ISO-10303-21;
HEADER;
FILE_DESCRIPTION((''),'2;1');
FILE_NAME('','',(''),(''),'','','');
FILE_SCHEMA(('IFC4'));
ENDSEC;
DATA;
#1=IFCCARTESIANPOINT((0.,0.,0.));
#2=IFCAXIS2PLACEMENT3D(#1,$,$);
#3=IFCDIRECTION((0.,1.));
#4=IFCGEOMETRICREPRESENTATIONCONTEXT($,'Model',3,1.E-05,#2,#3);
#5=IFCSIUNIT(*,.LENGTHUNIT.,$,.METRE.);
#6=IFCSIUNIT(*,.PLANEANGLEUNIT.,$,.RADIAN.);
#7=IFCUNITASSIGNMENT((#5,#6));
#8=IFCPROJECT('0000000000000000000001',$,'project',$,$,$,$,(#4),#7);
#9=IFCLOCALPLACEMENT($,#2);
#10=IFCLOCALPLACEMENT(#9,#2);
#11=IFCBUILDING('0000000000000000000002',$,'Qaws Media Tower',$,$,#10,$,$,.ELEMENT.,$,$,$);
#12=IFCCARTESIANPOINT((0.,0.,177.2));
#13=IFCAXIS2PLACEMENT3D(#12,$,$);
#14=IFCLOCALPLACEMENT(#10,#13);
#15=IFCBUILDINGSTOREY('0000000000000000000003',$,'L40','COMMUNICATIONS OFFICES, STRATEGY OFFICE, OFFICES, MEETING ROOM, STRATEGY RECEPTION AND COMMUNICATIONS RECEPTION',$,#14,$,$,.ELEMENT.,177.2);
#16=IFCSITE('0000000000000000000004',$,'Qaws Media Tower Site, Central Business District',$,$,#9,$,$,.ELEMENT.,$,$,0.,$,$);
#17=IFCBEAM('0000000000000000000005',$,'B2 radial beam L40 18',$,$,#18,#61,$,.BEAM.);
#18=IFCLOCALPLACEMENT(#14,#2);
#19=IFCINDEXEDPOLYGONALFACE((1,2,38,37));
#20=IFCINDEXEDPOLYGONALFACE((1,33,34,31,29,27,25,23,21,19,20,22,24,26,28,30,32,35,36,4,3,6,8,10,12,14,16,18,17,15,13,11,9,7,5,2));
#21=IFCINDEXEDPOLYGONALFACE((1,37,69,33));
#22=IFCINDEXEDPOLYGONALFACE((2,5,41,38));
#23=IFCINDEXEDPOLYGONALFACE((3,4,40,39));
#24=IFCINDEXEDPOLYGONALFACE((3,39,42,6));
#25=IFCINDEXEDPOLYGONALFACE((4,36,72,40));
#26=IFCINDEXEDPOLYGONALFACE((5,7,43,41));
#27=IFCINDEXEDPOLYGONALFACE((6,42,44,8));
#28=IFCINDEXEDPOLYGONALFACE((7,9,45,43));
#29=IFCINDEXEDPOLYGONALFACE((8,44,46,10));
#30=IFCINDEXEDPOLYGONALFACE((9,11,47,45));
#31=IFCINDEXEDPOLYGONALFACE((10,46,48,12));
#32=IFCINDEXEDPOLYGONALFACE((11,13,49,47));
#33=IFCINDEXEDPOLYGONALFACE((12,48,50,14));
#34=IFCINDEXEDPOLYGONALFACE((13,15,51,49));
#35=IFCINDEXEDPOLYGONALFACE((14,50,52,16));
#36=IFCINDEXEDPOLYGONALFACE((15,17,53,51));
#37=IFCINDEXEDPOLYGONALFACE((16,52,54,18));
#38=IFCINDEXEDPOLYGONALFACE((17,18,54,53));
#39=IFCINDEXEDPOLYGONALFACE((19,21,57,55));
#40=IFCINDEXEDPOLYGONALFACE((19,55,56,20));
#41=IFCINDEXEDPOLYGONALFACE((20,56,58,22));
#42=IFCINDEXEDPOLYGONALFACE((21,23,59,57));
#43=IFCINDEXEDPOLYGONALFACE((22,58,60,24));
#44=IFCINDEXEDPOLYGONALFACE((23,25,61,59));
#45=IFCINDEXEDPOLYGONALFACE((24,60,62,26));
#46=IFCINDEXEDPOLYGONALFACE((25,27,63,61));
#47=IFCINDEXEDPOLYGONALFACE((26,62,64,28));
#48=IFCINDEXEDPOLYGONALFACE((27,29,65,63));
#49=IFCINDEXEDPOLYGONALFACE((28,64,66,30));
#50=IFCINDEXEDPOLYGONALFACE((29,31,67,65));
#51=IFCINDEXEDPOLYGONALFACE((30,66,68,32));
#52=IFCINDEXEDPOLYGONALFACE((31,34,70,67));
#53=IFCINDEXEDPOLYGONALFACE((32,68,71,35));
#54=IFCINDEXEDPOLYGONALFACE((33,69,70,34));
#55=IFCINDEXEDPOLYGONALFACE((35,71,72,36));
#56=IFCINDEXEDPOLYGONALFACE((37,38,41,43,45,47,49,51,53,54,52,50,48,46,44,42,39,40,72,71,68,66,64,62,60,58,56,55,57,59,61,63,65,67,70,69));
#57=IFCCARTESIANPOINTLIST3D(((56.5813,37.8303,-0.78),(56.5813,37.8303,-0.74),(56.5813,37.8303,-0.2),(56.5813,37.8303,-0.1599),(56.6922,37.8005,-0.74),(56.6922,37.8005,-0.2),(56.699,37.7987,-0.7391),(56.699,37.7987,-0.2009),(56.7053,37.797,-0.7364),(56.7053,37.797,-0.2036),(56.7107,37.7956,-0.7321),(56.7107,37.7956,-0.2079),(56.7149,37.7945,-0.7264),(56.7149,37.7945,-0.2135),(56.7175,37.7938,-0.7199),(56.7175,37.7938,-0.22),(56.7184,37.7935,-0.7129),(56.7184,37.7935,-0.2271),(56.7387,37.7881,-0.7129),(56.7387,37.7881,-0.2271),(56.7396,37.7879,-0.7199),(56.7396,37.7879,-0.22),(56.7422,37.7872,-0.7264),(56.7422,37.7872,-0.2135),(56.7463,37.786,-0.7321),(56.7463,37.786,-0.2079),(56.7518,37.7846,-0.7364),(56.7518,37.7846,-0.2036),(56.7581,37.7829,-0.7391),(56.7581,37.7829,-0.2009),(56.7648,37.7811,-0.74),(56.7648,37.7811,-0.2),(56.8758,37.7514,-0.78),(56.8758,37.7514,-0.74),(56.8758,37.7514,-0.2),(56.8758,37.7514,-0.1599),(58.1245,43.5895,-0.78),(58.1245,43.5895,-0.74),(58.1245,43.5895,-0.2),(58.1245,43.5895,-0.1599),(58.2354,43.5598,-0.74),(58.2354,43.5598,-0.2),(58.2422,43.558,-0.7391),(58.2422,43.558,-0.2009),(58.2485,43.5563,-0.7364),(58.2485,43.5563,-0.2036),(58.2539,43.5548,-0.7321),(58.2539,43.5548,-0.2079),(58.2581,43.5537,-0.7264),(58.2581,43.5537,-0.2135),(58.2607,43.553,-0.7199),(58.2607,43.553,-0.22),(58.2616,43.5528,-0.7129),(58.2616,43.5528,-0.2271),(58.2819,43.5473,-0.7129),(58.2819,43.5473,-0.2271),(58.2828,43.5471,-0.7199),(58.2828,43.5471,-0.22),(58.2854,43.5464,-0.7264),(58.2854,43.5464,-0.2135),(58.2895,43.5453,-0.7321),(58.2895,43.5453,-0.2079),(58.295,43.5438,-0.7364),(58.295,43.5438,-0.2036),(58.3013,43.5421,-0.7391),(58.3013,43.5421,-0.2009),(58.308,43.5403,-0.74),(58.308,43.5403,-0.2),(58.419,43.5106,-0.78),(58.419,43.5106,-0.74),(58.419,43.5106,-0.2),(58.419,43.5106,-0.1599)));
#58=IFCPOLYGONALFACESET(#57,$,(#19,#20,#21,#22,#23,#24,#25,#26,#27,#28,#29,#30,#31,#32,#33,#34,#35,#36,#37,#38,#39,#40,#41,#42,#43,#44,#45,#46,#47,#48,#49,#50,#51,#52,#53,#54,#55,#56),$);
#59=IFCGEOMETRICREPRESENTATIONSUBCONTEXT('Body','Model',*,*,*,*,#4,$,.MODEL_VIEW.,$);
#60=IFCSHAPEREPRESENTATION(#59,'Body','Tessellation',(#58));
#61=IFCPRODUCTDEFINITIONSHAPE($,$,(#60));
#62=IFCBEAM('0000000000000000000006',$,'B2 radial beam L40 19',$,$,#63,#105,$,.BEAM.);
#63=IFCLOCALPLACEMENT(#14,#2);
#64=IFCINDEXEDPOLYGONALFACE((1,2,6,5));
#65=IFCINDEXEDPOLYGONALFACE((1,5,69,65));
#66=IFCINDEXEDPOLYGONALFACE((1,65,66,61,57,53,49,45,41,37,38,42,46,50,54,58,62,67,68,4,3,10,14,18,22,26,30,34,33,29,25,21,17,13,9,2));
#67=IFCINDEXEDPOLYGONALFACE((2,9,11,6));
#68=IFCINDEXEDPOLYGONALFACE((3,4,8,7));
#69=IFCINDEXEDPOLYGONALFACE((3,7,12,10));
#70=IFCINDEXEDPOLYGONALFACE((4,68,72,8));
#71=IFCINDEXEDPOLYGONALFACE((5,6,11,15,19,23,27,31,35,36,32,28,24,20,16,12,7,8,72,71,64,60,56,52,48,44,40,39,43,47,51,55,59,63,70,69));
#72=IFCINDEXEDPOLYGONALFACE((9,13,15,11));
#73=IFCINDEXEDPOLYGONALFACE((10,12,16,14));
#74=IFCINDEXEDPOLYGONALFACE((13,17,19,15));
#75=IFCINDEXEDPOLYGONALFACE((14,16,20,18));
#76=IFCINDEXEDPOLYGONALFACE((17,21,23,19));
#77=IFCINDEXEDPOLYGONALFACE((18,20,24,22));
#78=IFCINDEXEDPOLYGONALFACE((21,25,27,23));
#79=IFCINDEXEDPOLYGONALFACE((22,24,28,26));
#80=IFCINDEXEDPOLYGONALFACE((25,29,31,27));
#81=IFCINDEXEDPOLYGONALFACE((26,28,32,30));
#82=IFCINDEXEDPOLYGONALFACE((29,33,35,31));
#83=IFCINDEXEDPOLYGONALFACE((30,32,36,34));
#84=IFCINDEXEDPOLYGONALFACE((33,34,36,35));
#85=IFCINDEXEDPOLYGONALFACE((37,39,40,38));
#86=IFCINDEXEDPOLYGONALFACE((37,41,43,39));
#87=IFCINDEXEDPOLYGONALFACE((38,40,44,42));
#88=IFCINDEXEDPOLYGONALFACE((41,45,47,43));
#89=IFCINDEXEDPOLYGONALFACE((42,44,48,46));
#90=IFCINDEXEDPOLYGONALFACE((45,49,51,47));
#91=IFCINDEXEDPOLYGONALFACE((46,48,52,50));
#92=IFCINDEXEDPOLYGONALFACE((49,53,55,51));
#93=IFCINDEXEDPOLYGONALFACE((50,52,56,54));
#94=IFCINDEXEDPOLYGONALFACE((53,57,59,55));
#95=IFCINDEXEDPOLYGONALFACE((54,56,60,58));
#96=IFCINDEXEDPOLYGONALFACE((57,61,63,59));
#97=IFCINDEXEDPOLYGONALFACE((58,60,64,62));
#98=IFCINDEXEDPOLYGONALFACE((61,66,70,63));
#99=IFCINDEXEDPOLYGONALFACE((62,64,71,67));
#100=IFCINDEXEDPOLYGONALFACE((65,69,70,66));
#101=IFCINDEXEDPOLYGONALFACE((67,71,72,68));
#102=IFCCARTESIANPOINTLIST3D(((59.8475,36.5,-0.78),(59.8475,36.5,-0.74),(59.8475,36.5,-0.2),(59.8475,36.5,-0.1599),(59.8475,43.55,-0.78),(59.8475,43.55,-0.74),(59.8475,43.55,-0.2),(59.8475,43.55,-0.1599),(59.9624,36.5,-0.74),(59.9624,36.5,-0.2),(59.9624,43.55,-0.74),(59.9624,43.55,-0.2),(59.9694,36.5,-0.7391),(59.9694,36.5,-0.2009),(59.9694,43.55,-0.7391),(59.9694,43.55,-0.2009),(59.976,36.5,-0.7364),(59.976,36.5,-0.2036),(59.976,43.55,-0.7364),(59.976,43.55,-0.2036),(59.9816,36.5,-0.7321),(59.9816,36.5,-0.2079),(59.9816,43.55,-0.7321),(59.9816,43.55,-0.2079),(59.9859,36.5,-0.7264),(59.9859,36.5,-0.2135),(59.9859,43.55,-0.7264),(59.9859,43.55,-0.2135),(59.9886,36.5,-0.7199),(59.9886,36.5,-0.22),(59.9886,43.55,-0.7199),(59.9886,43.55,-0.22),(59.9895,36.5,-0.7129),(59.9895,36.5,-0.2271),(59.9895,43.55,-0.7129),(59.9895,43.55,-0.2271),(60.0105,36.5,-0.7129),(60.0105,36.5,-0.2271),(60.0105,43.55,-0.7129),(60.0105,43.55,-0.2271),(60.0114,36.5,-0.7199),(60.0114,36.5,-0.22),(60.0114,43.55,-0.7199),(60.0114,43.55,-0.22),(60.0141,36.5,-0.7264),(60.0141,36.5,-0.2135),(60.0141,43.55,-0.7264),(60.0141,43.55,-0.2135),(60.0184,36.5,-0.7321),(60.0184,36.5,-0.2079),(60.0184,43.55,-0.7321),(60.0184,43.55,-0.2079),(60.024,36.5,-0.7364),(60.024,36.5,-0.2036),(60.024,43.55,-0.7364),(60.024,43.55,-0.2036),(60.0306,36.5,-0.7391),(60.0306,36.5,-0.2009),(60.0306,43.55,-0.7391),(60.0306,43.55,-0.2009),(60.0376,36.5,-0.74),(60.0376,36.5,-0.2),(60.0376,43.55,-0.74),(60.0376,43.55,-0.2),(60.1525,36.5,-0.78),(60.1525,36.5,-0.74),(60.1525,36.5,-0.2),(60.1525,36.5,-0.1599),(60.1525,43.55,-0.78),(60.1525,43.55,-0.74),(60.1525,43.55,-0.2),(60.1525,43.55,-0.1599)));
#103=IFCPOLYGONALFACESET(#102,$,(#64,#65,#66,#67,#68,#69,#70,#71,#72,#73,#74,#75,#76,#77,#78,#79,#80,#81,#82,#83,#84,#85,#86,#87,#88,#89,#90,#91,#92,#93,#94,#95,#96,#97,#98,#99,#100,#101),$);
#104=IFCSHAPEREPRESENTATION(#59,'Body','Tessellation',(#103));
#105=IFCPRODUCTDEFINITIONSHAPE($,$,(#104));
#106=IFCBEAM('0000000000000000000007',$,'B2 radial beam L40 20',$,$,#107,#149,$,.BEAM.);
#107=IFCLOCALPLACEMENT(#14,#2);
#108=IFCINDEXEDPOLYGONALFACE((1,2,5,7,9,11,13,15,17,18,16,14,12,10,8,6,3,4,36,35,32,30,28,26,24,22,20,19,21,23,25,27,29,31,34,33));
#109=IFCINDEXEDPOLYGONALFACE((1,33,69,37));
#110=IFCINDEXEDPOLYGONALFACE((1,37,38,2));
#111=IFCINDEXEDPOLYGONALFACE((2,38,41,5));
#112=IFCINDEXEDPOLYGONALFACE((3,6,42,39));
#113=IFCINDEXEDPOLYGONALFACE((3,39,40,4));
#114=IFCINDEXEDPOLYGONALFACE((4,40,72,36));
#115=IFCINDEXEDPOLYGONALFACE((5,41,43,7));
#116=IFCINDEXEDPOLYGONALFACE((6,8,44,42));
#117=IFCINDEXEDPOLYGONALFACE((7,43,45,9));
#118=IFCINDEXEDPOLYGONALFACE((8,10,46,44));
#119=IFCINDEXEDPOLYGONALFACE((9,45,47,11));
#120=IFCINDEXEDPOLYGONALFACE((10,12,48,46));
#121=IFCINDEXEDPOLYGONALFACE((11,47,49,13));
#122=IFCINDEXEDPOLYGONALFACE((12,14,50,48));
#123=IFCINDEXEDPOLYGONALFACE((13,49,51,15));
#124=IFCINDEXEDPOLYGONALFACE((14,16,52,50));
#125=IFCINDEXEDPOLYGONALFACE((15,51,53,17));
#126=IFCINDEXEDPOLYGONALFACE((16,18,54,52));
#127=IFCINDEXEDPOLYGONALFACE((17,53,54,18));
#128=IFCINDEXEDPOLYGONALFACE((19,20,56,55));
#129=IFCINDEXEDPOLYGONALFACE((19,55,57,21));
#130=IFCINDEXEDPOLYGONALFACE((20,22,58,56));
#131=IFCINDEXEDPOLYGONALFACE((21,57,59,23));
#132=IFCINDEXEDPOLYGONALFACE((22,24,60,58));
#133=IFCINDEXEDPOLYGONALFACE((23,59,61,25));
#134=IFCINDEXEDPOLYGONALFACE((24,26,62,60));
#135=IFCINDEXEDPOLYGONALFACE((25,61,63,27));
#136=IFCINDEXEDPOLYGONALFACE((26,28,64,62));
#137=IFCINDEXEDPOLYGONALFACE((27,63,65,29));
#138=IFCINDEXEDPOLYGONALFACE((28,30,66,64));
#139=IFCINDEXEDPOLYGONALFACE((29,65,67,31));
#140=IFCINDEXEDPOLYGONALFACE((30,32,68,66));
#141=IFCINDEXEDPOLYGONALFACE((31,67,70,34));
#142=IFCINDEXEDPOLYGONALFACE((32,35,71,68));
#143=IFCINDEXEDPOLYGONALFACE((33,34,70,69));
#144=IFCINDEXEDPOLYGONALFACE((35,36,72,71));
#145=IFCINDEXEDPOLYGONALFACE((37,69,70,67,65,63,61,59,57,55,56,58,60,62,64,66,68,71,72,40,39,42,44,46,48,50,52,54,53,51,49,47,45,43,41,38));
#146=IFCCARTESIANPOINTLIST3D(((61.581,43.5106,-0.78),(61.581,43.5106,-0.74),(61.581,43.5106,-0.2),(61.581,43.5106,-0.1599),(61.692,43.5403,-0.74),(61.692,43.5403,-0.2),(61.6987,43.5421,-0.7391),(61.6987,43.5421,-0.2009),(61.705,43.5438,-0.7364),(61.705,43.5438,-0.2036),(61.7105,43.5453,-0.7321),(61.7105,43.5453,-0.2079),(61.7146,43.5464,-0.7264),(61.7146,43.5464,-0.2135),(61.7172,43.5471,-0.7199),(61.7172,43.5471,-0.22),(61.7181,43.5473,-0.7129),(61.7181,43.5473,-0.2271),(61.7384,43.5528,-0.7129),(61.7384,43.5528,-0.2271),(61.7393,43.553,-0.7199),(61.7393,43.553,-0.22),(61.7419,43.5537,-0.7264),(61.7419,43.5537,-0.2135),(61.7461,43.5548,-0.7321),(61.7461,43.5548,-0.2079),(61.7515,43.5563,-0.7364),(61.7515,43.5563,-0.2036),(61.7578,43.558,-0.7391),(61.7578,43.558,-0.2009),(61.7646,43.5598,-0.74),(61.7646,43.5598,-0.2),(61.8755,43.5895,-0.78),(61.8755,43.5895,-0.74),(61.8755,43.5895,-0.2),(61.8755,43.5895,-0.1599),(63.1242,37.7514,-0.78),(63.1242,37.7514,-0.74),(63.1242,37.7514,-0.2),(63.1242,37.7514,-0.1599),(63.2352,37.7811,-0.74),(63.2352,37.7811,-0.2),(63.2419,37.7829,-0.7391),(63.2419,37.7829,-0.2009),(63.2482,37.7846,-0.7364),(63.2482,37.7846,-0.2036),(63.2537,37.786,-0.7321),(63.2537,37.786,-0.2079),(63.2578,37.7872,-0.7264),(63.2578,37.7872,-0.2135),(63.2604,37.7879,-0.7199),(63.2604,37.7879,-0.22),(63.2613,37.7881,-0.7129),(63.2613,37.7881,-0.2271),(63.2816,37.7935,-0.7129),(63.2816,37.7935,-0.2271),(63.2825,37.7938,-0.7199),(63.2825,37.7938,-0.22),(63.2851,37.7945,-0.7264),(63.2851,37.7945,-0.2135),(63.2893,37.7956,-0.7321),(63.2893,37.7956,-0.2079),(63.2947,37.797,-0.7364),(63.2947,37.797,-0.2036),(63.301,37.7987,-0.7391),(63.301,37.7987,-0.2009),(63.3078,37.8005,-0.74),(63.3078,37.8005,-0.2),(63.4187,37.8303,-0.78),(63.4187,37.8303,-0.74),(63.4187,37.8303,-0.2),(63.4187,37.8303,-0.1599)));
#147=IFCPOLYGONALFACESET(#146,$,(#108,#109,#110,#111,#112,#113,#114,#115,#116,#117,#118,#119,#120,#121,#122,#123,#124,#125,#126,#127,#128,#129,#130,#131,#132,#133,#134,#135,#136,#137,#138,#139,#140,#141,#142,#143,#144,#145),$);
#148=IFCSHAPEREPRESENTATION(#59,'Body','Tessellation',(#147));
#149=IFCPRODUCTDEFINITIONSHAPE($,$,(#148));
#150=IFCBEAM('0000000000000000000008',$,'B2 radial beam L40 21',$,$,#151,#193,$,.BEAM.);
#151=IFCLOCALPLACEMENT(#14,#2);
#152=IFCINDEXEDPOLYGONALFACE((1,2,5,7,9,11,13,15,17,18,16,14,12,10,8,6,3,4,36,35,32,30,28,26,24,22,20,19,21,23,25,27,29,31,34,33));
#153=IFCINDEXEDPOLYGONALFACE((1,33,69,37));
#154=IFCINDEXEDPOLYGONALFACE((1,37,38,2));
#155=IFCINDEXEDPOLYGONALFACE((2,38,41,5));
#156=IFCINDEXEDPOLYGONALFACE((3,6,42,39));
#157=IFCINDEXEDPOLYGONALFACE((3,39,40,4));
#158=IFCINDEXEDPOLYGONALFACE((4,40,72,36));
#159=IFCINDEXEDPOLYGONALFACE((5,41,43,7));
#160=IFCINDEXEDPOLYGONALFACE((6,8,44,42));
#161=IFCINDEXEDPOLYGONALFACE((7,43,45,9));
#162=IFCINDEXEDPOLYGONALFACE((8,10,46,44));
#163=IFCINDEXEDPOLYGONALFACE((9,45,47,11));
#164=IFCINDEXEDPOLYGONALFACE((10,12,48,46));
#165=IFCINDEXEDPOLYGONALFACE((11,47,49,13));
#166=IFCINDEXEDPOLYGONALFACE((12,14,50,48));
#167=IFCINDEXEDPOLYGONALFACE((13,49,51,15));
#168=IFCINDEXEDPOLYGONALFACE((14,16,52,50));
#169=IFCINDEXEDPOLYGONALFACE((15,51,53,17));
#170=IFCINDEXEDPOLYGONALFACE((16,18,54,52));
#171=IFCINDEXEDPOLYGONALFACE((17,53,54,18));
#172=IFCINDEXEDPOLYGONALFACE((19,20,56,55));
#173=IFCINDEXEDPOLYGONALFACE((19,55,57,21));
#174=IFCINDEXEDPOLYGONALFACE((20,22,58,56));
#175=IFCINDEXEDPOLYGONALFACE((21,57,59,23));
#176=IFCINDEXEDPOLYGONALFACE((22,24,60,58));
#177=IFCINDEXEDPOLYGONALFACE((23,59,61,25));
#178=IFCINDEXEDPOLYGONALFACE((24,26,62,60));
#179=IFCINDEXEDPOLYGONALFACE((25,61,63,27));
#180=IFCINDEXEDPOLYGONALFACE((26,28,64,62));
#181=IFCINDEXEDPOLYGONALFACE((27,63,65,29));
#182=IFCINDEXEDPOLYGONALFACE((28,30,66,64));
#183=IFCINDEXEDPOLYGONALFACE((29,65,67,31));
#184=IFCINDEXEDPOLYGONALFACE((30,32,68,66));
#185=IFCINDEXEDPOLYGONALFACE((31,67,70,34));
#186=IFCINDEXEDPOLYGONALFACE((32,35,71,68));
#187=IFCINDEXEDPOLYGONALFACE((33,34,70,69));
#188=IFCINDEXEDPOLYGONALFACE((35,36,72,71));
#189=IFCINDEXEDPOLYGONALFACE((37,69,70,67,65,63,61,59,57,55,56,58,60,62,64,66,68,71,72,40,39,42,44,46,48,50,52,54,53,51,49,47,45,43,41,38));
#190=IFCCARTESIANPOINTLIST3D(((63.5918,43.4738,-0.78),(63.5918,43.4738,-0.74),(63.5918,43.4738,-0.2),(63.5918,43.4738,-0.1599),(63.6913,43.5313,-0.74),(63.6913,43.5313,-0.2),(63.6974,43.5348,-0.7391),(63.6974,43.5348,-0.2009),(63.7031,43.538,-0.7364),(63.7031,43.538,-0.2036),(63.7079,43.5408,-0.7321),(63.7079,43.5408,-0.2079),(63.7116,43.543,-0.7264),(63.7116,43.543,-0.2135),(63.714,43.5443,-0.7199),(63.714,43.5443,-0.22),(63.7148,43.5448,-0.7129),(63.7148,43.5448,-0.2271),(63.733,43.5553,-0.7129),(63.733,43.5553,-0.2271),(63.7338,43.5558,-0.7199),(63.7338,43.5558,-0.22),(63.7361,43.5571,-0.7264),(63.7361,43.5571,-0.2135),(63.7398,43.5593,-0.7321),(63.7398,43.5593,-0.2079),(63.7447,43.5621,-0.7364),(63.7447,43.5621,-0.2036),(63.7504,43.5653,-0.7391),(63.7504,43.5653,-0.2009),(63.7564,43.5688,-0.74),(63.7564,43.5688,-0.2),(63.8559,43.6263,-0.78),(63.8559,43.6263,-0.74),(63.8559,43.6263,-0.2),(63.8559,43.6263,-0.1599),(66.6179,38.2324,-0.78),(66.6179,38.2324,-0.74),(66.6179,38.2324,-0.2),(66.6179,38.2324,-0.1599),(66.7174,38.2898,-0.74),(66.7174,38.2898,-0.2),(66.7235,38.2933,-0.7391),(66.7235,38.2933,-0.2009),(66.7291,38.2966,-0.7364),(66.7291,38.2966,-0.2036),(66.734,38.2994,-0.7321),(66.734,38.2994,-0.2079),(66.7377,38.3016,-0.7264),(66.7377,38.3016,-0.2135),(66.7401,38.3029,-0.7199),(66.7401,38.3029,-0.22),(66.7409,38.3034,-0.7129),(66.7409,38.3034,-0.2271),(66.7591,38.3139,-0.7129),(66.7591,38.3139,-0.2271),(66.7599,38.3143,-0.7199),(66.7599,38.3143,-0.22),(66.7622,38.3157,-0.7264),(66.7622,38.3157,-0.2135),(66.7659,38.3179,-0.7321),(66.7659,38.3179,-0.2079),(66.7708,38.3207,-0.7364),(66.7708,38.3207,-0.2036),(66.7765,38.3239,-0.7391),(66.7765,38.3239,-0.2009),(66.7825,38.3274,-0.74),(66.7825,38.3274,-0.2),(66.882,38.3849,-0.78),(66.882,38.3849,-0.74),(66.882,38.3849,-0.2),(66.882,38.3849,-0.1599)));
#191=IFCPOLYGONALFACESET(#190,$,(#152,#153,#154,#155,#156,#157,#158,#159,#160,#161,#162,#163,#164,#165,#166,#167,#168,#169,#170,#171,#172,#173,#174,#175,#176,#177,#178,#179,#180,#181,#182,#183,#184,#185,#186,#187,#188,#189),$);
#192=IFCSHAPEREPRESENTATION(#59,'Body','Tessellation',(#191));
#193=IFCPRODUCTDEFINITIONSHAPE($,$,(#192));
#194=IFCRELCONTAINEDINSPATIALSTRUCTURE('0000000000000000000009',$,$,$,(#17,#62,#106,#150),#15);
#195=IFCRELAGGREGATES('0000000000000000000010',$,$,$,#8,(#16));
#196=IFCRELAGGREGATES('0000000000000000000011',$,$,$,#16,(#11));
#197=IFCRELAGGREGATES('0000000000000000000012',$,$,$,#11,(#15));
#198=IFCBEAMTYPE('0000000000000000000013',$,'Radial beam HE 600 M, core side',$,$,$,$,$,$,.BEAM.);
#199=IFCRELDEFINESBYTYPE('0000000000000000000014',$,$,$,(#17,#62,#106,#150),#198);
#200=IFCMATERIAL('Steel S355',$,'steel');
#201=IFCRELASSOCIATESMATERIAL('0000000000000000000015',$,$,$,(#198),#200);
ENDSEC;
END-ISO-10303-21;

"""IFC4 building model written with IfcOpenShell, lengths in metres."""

from ifc_helpers import new_model, si_unit, direction, frame, origin, origin_2d, place, context, subcontext, project, spatial, i_section, extrude, material, material_profile, profile_set, type_object, element, save


model = new_model("IFC4")

# Units and contexts
model_context = context("Model", 3, precision=1e-05, world=origin(), true_north=direction((0.0, 1.0)))
body_context = subcontext(model_context, "Body", "Model", "MODEL_VIEW")
ifc_project = project(units=[si_unit("LENGTHUNIT", "METRE"), si_unit("PLANEANGLEUNIT", "RADIAN")], contexts=[model_context])

# Site, building, storey
site_placement = place(None, origin())
site = spatial("IfcSite", under=ifc_project, at=site_placement, Name="Qaws Media Tower Site, Central Business District", CompositionType="ELEMENT", RefElevation=0.0)
building_placement = place(site_placement, origin())
building = spatial("IfcBuilding", under=site, at=building_placement, Name="Qaws Media Tower", CompositionType="ELEMENT")
storey_placement = place(building_placement, frame((0.0, 0.0, 177.2)))
storey = spatial("IfcBuildingStorey", under=building, at=storey_placement, Name="L40", Description="COMMUNICATIONS OFFICES, STRATEGY OFFICE, OFFICES, MEETING ROOM, STRATEGY RECEPTION AND COMMUNICATIONS RECEPTION", CompositionType="ELEMENT", Elevation=177.2)

# Beams
ifc_material_1 = material(Name="Steel S355", Category="steel")
ifc_material_profile_1 = material_profile(ifc_material_1, i_section(OverallWidth=0.3049, OverallDepth=0.6201, WebThickness=0.021, FlangeThickness=0.04, FilletRadius=0.0271, at=origin_2d()), Name="HE 600 M")
ifc_profile_set_1 = profile_set([ifc_material_profile_1], Name="Steel S355")
beam_type_1 = type_object("IfcBeamType", Name="Radial beam HE 600 M, core side", PredefinedType="BEAM", material=ifc_profile_set_1)
beam_1_placement = place(storey_placement, frame((58.2717, 43.55, -0.47), z_axis=(-0.258822, -0.965925, 0.0), x_axis=(0.965925, -0.258822, 0.0)))
element("IfcBeam", 1, at=beam_1_placement, inside=storey, type_object=beam_type_1, Name="B2 radial beam L40 18", PredefinedType="BEAM", context=body_context, shape_type="SweptSolid", body=[
    extrude(i_section(OverallWidth=0.3049, OverallDepth=0.6201, WebThickness=0.021, FlangeThickness=0.04, FilletRadius=0.0271, at=origin_2d()), origin(), (0.0, 0.0, 1.0), 5.9624),
])
beam_2_placement = place(storey_placement, frame((60.0, 43.55, -0.47), z_axis=(0.0, -1.0, 0.0), x_axis=(1.0, 0.0, 0.0)))
element("IfcBeam", 2, at=beam_2_placement, inside=storey, type_object=beam_type_1, Name="B2 radial beam L40 19", PredefinedType="BEAM", context=body_context, shape_type="SweptSolid", body=[
    extrude(i_section(OverallWidth=0.3049, OverallDepth=0.6201, WebThickness=0.021, FlangeThickness=0.04, FilletRadius=0.0271, at=origin_2d()), origin(), (0.0, 0.0, 1.0), 7.05),
])
beam_3_placement = place(storey_placement, frame((61.7283, 43.55, -0.47), z_axis=(0.258822, -0.965925, 0.0), x_axis=(0.965925, 0.258822, 0.0)))
element("IfcBeam", 3, at=beam_3_placement, inside=storey, type_object=beam_type_1, Name="B2 radial beam L40 20", PredefinedType="BEAM", context=body_context, shape_type="SweptSolid", body=[
    extrude(i_section(OverallWidth=0.3049, OverallDepth=0.6201, WebThickness=0.021, FlangeThickness=0.04, FilletRadius=0.0271, at=origin_2d()), origin(), (0.0, 0.0, 1.0), 5.9624),
])
beam_4_placement = place(storey_placement, frame((63.7239, 43.55, -0.47), z_axis=(0.499996, -0.866028, 0.0), x_axis=(0.866028, 0.499996, 0.0)))
element("IfcBeam", 4, at=beam_4_placement, inside=storey, type_object=beam_type_1, Name="B2 radial beam L40 21", PredefinedType="BEAM", context=body_context, shape_type="SweptSolid", body=[
    extrude(i_section(OverallWidth=0.3049, OverallDepth=0.6201, WebThickness=0.021, FlangeThickness=0.04, FilletRadius=0.0271, at=origin_2d()), origin(), (0.0, 0.0, 1.0), 6.0522),
])

save(model, "model.ifc")
